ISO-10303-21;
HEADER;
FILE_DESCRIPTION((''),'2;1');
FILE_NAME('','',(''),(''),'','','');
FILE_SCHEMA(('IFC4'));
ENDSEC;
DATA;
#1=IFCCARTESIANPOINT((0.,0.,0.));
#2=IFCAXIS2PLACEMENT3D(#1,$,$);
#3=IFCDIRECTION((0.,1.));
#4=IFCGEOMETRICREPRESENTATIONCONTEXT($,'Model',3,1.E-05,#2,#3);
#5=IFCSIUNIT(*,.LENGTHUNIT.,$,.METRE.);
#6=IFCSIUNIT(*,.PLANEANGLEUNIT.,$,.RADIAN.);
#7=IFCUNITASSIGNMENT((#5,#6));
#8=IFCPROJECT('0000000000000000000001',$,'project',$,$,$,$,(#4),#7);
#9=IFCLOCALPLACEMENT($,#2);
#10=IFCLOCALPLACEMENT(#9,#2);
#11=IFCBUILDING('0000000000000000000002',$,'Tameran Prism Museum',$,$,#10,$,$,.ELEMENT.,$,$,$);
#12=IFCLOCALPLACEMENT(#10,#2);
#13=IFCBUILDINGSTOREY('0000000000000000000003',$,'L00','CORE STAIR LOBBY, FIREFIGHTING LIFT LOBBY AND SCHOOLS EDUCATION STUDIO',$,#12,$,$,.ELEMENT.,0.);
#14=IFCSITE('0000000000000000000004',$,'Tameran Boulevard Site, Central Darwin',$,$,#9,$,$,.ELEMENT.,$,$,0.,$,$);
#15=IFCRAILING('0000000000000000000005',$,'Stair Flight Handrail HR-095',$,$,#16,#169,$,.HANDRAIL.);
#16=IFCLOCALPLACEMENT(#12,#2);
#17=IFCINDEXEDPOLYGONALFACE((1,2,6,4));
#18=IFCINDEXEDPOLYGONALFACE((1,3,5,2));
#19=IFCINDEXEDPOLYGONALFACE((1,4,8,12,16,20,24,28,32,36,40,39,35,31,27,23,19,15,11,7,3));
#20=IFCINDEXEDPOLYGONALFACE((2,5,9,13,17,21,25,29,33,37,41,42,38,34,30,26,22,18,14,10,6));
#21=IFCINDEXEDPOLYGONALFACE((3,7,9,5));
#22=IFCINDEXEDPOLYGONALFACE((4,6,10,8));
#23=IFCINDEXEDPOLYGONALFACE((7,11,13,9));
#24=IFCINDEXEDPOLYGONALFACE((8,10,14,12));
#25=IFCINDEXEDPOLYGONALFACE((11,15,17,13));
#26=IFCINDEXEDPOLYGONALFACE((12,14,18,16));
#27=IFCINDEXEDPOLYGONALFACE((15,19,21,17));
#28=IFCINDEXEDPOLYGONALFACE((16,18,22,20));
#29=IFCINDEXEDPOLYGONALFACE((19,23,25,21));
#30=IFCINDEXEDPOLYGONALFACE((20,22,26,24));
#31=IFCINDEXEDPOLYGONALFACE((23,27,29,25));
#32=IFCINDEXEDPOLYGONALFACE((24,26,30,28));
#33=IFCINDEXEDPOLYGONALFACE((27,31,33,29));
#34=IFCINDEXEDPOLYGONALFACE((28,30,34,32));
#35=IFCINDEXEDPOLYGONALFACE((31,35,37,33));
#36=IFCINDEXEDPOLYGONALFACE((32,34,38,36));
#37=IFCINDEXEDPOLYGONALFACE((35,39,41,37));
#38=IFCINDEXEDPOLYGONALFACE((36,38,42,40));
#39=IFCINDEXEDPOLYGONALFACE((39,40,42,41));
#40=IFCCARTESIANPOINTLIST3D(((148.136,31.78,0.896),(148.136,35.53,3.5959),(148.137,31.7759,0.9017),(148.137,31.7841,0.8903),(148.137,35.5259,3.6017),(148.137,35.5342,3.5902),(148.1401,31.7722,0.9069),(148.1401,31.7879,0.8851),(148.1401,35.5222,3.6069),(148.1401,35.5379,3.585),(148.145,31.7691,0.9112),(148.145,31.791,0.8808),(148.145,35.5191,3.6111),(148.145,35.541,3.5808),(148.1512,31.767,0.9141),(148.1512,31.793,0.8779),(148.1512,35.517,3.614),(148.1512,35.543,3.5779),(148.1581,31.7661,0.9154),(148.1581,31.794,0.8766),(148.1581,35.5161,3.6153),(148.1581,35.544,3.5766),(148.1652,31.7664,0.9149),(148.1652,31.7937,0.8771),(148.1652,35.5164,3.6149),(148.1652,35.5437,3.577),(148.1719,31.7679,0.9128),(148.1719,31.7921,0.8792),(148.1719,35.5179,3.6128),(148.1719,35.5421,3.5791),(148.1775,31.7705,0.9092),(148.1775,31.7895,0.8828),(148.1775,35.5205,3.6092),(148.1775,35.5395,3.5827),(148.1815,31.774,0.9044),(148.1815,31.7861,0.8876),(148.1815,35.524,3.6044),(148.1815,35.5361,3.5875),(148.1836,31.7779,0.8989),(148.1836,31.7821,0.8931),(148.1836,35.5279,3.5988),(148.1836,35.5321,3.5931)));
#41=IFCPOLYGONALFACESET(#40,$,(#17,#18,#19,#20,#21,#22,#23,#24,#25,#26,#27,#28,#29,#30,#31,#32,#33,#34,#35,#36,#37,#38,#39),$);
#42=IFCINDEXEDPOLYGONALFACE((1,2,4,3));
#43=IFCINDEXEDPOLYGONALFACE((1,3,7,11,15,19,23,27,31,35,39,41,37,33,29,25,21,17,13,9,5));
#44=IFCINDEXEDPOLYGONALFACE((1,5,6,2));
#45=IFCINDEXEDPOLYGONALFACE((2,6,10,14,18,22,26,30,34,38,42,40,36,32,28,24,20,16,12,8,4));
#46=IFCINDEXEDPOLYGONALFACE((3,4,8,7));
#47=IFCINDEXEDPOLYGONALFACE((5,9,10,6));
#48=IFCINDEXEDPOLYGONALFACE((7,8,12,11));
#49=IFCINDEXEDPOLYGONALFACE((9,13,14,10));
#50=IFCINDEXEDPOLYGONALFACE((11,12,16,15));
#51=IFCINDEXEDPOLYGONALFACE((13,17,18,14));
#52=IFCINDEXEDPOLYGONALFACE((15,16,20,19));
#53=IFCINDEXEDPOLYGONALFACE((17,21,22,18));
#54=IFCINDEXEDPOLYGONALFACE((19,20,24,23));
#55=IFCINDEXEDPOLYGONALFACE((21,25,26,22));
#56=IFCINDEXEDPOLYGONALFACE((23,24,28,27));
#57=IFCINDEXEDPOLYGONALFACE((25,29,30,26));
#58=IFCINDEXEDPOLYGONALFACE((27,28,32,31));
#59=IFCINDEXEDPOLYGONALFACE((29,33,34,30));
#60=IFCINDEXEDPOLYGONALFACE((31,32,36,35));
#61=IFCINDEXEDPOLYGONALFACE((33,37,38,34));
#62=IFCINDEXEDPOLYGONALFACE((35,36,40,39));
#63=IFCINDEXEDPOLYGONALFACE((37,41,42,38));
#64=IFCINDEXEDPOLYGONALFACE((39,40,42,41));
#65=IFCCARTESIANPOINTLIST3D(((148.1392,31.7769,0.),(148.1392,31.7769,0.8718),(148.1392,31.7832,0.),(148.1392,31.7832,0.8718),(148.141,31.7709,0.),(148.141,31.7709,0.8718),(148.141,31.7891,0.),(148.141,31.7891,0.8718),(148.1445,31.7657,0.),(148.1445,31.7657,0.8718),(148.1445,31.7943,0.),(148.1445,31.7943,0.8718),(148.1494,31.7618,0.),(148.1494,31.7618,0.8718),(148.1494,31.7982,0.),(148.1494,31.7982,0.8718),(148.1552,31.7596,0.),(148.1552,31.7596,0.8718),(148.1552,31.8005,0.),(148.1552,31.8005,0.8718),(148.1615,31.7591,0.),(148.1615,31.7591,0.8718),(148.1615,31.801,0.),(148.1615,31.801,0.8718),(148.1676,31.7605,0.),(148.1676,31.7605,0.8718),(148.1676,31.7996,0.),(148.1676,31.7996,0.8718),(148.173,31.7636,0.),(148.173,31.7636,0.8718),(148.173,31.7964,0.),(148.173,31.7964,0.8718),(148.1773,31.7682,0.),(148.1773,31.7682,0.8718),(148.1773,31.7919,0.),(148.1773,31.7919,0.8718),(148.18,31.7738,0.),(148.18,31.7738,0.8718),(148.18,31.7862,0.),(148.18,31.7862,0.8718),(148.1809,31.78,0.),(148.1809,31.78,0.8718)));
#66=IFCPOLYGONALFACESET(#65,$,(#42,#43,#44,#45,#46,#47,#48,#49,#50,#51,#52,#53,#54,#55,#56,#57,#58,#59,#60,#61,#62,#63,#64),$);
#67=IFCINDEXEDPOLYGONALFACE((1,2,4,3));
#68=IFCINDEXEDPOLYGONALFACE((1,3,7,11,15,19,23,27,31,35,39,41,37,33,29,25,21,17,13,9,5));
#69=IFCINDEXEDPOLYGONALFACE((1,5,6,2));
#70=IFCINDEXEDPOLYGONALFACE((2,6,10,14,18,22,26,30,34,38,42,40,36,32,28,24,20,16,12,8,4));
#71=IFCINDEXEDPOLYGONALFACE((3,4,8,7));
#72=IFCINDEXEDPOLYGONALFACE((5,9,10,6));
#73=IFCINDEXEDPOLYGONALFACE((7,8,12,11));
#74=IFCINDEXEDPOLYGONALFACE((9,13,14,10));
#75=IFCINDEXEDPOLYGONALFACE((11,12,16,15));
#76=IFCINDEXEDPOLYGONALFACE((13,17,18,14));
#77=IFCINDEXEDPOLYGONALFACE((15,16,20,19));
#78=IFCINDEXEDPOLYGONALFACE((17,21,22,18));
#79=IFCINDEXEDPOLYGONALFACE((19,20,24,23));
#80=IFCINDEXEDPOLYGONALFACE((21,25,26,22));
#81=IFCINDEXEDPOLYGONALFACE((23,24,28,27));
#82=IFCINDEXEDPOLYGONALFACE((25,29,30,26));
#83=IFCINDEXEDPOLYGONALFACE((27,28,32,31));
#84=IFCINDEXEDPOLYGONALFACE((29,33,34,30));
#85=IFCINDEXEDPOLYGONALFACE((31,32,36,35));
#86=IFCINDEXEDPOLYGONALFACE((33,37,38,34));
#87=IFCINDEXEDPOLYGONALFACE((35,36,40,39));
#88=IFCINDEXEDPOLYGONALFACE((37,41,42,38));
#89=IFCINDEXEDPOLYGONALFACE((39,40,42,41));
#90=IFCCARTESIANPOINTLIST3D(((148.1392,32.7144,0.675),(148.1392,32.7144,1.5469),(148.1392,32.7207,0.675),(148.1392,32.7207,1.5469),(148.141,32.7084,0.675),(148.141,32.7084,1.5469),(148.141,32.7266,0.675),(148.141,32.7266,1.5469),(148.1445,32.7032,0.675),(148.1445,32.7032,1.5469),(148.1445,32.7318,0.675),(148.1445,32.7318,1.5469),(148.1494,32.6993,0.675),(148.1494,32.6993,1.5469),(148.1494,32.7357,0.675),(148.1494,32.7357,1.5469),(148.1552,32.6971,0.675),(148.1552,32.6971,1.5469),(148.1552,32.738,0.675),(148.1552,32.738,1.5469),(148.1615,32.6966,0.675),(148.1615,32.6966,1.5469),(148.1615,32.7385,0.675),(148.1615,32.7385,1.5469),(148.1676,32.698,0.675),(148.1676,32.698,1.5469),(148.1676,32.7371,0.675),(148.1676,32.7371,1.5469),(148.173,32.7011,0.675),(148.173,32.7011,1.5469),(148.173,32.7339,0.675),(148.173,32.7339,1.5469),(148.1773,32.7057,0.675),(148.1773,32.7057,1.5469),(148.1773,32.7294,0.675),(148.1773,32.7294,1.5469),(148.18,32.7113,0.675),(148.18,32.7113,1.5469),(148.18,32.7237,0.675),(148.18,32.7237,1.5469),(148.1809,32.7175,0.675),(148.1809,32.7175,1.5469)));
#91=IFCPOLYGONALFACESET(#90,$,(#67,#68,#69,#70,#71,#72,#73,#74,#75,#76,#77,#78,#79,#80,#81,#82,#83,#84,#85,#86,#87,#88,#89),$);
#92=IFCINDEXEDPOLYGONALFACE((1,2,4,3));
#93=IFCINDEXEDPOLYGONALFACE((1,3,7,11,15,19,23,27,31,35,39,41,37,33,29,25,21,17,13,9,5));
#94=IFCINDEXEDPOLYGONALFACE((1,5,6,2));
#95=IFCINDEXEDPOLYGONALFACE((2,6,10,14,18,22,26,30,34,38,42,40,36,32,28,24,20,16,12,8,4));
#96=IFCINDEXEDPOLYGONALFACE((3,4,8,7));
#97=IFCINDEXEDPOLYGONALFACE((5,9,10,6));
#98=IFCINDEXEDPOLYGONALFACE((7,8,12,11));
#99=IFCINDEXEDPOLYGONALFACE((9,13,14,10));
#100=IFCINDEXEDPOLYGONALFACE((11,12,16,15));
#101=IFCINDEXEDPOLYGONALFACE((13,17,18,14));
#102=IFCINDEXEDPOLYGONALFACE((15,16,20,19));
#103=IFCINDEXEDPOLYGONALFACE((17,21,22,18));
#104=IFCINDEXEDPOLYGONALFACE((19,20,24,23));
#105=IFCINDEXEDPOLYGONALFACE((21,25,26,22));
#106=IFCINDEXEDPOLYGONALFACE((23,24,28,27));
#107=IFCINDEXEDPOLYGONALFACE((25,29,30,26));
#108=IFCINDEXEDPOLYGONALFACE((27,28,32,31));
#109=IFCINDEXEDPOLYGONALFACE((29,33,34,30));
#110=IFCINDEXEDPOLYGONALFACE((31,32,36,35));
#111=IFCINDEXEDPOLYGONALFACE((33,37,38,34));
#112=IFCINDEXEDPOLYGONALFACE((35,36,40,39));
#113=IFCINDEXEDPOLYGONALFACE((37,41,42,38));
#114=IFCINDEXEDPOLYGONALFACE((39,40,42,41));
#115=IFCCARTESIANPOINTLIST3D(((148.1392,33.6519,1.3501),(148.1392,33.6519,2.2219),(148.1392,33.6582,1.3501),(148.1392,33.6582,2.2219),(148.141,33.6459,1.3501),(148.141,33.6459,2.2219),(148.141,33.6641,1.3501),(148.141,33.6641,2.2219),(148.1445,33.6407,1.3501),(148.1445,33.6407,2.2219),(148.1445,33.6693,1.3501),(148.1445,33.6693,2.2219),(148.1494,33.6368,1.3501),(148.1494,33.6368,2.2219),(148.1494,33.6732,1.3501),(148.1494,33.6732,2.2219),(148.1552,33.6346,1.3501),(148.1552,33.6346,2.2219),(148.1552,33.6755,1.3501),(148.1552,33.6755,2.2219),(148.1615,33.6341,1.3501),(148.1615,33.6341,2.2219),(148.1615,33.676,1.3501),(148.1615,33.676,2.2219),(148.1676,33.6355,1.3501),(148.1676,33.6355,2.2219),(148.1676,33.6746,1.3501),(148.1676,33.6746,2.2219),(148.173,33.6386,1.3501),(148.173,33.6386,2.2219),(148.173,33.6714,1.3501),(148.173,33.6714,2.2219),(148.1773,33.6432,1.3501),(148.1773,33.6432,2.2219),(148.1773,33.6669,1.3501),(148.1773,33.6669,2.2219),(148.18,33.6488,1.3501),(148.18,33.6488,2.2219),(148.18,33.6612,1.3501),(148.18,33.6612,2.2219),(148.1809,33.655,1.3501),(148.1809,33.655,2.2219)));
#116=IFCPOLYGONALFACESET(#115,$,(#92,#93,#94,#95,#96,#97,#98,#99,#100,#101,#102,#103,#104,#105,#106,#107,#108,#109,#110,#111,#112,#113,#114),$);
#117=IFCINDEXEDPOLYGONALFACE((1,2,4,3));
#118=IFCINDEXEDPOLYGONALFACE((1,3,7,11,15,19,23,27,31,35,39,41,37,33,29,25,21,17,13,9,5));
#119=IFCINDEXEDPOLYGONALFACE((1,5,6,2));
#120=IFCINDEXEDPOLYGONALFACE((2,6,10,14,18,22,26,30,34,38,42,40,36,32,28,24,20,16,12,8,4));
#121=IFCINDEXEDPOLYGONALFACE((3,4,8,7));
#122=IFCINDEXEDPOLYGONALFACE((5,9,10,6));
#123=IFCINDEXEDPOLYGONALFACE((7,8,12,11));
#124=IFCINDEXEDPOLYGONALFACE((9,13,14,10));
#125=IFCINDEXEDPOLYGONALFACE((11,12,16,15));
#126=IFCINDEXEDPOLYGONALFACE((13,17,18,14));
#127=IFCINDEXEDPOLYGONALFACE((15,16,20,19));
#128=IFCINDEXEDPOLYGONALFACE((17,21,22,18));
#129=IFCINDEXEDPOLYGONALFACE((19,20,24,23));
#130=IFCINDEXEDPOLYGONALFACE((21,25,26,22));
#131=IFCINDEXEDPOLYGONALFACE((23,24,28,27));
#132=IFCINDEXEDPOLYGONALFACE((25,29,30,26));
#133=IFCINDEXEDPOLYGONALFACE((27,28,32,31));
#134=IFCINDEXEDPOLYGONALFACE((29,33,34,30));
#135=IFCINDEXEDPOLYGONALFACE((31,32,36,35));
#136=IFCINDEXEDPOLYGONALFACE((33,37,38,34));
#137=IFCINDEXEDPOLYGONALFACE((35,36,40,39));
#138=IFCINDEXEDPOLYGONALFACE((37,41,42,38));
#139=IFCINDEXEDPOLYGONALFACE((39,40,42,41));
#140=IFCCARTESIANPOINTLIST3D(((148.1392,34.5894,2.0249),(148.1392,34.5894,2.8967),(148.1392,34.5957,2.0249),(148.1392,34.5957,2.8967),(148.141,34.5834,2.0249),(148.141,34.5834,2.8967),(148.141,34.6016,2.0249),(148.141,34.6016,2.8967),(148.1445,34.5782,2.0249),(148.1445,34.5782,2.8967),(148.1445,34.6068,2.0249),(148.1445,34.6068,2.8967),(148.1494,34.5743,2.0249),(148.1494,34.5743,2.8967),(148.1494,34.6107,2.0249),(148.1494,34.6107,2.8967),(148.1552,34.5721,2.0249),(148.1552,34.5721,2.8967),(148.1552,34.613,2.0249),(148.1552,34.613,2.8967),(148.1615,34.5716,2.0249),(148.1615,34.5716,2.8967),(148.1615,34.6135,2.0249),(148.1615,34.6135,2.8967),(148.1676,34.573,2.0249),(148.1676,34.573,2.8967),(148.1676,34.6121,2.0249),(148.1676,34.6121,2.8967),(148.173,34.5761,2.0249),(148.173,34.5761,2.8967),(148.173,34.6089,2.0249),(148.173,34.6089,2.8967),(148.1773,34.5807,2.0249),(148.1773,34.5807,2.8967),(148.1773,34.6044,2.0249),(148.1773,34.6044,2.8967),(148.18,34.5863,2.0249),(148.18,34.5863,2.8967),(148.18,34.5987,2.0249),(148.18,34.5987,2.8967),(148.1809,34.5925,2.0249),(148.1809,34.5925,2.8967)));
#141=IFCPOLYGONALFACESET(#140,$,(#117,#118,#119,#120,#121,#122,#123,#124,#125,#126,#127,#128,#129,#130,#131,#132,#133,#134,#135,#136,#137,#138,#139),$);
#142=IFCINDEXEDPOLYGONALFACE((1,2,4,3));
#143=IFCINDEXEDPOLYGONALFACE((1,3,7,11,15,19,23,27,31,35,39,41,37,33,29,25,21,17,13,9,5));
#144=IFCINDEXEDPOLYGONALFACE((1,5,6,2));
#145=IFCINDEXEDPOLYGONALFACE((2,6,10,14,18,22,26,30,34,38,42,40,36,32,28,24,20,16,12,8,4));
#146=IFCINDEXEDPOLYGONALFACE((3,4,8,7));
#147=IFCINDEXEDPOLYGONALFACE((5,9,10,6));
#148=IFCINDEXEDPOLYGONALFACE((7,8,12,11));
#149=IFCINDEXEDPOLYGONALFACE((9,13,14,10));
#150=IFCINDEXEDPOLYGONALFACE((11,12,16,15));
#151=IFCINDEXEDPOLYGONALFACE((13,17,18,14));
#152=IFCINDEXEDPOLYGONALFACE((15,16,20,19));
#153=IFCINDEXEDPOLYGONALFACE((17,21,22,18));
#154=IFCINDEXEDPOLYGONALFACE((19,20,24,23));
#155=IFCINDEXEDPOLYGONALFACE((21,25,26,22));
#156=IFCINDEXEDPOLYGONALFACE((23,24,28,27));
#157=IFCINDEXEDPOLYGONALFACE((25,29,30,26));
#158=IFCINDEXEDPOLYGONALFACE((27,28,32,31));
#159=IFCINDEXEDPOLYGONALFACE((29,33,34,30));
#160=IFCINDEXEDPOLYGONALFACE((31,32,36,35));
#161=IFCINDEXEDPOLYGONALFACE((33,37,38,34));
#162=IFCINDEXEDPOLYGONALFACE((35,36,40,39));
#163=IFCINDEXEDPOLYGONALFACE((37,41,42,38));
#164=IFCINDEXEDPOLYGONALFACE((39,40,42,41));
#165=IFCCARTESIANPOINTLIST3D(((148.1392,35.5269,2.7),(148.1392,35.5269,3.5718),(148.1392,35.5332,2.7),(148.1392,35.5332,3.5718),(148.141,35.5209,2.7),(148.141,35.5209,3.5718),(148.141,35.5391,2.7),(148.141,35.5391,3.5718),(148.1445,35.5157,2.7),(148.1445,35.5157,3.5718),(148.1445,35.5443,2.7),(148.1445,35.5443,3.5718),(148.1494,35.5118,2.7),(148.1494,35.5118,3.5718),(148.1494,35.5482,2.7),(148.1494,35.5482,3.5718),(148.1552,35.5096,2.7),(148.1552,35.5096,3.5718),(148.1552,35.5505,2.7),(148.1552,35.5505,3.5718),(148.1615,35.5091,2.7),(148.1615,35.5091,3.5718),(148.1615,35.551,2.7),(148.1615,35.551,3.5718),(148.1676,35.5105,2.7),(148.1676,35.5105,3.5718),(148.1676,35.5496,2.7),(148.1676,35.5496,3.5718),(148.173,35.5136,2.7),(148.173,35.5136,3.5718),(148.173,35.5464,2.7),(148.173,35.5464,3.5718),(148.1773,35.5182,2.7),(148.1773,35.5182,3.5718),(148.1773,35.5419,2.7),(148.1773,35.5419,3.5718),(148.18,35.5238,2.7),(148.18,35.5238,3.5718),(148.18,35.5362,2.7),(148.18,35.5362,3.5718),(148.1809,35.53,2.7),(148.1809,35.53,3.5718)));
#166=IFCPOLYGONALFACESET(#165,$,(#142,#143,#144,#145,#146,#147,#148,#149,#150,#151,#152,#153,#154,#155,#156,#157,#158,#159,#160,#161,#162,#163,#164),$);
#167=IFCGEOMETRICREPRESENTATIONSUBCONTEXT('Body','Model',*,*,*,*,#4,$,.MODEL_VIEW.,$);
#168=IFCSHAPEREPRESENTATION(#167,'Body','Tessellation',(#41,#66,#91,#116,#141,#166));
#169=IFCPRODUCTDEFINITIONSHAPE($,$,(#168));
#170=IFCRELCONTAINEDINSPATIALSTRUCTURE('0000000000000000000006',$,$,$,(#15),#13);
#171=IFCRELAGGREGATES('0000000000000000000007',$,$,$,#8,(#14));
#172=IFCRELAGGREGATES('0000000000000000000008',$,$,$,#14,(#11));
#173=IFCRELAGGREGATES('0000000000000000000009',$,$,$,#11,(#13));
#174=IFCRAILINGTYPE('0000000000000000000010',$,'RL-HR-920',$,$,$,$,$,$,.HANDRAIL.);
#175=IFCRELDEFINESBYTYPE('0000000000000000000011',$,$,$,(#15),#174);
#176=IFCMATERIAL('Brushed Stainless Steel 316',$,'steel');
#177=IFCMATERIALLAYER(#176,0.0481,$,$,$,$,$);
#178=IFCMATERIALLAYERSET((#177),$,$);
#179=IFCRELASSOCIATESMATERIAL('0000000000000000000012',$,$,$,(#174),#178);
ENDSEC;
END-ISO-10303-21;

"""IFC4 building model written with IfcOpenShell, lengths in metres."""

from ifc_helpers import new_model, si_unit, direction, frame, origin, origin_2d, place, context, subcontext, project, spatial, circle, extrude, material, layer, layer_set, type_object, element, save


model = new_model("IFC4")

# Units and contexts
model_context = context("Model", 3, precision=1e-05, world=origin(), true_north=direction((0.0, 1.0)))
body_context = subcontext(model_context, "Body", "Model", "MODEL_VIEW")
ifc_project = project(units=[si_unit("LENGTHUNIT", "METRE"), si_unit("PLANEANGLEUNIT", "RADIAN")], contexts=[model_context])

# Site, building, storey
site_placement = place(None, origin())
site = spatial("IfcSite", under=ifc_project, at=site_placement, Name="Tameran Boulevard Site, Central Darwin", CompositionType="ELEMENT", RefElevation=0.0)
building_placement = place(site_placement, origin())
building = spatial("IfcBuilding", under=site, at=building_placement, Name="Tameran Prism Museum", CompositionType="ELEMENT")
storey_placement = place(building_placement, origin())
storey = spatial("IfcBuildingStorey", under=building, at=storey_placement, Name="L00", Description="CORE STAIR LOBBY, FIREFIGHTING LIFT LOBBY AND SCHOOLS EDUCATION STUDIO", CompositionType="ELEMENT", Elevation=0.0)

# Railing
ifc_material_1 = material(Name="Brushed Stainless Steel 316", Category="steel")
ifc_layer_1 = layer(ifc_material_1, 0.0481)
ifc_layer_set_1 = layer_set([ifc_layer_1])
railing_type = type_object("IfcRailingType", Name="RL-HR-920", PredefinedType="HANDRAIL", material=ifc_layer_set_1)
railing_placement = place(storey_placement, frame((148.1599, 31.78, 0.0)))
element("IfcRailing", 1, at=railing_placement, inside=storey, type_object=railing_type, Name="Stair Flight Handrail HR-095", PredefinedType="HANDRAIL", context=body_context, shape_type="SweptSolid", body=[
    extrude(circle(Radius=0.0239, at=origin_2d()), frame((0.0, 0.0, 0.896), z_axis=(0.0, 0.811539, 0.584298), x_axis=(-1.0, 0.0, 0.0)), (0.0, 0.0, 1.0), 4.6208),
    extrude(circle(Radius=0.021, at=origin_2d()), origin(), (0.0, 0.0, 1.0), 0.8718),
    extrude(circle(Radius=0.021, at=origin_2d()), frame((0.0, 0.9375, 0.675)), (0.0, 0.0, 1.0), 0.8718),
    extrude(circle(Radius=0.021, at=origin_2d()), frame((0.0, 1.875, 1.3501)), (0.0, 0.0, 1.0), 0.8718),
    extrude(circle(Radius=0.021, at=origin_2d()), frame((0.0, 2.8125, 2.0249)), (0.0, 0.0, 1.0), 0.8718),
    extrude(circle(Radius=0.021, at=origin_2d()), frame((0.0, 3.75, 2.7)), (0.0, 0.0, 1.0), 0.8718),
])

save(model, "model.ifc")
